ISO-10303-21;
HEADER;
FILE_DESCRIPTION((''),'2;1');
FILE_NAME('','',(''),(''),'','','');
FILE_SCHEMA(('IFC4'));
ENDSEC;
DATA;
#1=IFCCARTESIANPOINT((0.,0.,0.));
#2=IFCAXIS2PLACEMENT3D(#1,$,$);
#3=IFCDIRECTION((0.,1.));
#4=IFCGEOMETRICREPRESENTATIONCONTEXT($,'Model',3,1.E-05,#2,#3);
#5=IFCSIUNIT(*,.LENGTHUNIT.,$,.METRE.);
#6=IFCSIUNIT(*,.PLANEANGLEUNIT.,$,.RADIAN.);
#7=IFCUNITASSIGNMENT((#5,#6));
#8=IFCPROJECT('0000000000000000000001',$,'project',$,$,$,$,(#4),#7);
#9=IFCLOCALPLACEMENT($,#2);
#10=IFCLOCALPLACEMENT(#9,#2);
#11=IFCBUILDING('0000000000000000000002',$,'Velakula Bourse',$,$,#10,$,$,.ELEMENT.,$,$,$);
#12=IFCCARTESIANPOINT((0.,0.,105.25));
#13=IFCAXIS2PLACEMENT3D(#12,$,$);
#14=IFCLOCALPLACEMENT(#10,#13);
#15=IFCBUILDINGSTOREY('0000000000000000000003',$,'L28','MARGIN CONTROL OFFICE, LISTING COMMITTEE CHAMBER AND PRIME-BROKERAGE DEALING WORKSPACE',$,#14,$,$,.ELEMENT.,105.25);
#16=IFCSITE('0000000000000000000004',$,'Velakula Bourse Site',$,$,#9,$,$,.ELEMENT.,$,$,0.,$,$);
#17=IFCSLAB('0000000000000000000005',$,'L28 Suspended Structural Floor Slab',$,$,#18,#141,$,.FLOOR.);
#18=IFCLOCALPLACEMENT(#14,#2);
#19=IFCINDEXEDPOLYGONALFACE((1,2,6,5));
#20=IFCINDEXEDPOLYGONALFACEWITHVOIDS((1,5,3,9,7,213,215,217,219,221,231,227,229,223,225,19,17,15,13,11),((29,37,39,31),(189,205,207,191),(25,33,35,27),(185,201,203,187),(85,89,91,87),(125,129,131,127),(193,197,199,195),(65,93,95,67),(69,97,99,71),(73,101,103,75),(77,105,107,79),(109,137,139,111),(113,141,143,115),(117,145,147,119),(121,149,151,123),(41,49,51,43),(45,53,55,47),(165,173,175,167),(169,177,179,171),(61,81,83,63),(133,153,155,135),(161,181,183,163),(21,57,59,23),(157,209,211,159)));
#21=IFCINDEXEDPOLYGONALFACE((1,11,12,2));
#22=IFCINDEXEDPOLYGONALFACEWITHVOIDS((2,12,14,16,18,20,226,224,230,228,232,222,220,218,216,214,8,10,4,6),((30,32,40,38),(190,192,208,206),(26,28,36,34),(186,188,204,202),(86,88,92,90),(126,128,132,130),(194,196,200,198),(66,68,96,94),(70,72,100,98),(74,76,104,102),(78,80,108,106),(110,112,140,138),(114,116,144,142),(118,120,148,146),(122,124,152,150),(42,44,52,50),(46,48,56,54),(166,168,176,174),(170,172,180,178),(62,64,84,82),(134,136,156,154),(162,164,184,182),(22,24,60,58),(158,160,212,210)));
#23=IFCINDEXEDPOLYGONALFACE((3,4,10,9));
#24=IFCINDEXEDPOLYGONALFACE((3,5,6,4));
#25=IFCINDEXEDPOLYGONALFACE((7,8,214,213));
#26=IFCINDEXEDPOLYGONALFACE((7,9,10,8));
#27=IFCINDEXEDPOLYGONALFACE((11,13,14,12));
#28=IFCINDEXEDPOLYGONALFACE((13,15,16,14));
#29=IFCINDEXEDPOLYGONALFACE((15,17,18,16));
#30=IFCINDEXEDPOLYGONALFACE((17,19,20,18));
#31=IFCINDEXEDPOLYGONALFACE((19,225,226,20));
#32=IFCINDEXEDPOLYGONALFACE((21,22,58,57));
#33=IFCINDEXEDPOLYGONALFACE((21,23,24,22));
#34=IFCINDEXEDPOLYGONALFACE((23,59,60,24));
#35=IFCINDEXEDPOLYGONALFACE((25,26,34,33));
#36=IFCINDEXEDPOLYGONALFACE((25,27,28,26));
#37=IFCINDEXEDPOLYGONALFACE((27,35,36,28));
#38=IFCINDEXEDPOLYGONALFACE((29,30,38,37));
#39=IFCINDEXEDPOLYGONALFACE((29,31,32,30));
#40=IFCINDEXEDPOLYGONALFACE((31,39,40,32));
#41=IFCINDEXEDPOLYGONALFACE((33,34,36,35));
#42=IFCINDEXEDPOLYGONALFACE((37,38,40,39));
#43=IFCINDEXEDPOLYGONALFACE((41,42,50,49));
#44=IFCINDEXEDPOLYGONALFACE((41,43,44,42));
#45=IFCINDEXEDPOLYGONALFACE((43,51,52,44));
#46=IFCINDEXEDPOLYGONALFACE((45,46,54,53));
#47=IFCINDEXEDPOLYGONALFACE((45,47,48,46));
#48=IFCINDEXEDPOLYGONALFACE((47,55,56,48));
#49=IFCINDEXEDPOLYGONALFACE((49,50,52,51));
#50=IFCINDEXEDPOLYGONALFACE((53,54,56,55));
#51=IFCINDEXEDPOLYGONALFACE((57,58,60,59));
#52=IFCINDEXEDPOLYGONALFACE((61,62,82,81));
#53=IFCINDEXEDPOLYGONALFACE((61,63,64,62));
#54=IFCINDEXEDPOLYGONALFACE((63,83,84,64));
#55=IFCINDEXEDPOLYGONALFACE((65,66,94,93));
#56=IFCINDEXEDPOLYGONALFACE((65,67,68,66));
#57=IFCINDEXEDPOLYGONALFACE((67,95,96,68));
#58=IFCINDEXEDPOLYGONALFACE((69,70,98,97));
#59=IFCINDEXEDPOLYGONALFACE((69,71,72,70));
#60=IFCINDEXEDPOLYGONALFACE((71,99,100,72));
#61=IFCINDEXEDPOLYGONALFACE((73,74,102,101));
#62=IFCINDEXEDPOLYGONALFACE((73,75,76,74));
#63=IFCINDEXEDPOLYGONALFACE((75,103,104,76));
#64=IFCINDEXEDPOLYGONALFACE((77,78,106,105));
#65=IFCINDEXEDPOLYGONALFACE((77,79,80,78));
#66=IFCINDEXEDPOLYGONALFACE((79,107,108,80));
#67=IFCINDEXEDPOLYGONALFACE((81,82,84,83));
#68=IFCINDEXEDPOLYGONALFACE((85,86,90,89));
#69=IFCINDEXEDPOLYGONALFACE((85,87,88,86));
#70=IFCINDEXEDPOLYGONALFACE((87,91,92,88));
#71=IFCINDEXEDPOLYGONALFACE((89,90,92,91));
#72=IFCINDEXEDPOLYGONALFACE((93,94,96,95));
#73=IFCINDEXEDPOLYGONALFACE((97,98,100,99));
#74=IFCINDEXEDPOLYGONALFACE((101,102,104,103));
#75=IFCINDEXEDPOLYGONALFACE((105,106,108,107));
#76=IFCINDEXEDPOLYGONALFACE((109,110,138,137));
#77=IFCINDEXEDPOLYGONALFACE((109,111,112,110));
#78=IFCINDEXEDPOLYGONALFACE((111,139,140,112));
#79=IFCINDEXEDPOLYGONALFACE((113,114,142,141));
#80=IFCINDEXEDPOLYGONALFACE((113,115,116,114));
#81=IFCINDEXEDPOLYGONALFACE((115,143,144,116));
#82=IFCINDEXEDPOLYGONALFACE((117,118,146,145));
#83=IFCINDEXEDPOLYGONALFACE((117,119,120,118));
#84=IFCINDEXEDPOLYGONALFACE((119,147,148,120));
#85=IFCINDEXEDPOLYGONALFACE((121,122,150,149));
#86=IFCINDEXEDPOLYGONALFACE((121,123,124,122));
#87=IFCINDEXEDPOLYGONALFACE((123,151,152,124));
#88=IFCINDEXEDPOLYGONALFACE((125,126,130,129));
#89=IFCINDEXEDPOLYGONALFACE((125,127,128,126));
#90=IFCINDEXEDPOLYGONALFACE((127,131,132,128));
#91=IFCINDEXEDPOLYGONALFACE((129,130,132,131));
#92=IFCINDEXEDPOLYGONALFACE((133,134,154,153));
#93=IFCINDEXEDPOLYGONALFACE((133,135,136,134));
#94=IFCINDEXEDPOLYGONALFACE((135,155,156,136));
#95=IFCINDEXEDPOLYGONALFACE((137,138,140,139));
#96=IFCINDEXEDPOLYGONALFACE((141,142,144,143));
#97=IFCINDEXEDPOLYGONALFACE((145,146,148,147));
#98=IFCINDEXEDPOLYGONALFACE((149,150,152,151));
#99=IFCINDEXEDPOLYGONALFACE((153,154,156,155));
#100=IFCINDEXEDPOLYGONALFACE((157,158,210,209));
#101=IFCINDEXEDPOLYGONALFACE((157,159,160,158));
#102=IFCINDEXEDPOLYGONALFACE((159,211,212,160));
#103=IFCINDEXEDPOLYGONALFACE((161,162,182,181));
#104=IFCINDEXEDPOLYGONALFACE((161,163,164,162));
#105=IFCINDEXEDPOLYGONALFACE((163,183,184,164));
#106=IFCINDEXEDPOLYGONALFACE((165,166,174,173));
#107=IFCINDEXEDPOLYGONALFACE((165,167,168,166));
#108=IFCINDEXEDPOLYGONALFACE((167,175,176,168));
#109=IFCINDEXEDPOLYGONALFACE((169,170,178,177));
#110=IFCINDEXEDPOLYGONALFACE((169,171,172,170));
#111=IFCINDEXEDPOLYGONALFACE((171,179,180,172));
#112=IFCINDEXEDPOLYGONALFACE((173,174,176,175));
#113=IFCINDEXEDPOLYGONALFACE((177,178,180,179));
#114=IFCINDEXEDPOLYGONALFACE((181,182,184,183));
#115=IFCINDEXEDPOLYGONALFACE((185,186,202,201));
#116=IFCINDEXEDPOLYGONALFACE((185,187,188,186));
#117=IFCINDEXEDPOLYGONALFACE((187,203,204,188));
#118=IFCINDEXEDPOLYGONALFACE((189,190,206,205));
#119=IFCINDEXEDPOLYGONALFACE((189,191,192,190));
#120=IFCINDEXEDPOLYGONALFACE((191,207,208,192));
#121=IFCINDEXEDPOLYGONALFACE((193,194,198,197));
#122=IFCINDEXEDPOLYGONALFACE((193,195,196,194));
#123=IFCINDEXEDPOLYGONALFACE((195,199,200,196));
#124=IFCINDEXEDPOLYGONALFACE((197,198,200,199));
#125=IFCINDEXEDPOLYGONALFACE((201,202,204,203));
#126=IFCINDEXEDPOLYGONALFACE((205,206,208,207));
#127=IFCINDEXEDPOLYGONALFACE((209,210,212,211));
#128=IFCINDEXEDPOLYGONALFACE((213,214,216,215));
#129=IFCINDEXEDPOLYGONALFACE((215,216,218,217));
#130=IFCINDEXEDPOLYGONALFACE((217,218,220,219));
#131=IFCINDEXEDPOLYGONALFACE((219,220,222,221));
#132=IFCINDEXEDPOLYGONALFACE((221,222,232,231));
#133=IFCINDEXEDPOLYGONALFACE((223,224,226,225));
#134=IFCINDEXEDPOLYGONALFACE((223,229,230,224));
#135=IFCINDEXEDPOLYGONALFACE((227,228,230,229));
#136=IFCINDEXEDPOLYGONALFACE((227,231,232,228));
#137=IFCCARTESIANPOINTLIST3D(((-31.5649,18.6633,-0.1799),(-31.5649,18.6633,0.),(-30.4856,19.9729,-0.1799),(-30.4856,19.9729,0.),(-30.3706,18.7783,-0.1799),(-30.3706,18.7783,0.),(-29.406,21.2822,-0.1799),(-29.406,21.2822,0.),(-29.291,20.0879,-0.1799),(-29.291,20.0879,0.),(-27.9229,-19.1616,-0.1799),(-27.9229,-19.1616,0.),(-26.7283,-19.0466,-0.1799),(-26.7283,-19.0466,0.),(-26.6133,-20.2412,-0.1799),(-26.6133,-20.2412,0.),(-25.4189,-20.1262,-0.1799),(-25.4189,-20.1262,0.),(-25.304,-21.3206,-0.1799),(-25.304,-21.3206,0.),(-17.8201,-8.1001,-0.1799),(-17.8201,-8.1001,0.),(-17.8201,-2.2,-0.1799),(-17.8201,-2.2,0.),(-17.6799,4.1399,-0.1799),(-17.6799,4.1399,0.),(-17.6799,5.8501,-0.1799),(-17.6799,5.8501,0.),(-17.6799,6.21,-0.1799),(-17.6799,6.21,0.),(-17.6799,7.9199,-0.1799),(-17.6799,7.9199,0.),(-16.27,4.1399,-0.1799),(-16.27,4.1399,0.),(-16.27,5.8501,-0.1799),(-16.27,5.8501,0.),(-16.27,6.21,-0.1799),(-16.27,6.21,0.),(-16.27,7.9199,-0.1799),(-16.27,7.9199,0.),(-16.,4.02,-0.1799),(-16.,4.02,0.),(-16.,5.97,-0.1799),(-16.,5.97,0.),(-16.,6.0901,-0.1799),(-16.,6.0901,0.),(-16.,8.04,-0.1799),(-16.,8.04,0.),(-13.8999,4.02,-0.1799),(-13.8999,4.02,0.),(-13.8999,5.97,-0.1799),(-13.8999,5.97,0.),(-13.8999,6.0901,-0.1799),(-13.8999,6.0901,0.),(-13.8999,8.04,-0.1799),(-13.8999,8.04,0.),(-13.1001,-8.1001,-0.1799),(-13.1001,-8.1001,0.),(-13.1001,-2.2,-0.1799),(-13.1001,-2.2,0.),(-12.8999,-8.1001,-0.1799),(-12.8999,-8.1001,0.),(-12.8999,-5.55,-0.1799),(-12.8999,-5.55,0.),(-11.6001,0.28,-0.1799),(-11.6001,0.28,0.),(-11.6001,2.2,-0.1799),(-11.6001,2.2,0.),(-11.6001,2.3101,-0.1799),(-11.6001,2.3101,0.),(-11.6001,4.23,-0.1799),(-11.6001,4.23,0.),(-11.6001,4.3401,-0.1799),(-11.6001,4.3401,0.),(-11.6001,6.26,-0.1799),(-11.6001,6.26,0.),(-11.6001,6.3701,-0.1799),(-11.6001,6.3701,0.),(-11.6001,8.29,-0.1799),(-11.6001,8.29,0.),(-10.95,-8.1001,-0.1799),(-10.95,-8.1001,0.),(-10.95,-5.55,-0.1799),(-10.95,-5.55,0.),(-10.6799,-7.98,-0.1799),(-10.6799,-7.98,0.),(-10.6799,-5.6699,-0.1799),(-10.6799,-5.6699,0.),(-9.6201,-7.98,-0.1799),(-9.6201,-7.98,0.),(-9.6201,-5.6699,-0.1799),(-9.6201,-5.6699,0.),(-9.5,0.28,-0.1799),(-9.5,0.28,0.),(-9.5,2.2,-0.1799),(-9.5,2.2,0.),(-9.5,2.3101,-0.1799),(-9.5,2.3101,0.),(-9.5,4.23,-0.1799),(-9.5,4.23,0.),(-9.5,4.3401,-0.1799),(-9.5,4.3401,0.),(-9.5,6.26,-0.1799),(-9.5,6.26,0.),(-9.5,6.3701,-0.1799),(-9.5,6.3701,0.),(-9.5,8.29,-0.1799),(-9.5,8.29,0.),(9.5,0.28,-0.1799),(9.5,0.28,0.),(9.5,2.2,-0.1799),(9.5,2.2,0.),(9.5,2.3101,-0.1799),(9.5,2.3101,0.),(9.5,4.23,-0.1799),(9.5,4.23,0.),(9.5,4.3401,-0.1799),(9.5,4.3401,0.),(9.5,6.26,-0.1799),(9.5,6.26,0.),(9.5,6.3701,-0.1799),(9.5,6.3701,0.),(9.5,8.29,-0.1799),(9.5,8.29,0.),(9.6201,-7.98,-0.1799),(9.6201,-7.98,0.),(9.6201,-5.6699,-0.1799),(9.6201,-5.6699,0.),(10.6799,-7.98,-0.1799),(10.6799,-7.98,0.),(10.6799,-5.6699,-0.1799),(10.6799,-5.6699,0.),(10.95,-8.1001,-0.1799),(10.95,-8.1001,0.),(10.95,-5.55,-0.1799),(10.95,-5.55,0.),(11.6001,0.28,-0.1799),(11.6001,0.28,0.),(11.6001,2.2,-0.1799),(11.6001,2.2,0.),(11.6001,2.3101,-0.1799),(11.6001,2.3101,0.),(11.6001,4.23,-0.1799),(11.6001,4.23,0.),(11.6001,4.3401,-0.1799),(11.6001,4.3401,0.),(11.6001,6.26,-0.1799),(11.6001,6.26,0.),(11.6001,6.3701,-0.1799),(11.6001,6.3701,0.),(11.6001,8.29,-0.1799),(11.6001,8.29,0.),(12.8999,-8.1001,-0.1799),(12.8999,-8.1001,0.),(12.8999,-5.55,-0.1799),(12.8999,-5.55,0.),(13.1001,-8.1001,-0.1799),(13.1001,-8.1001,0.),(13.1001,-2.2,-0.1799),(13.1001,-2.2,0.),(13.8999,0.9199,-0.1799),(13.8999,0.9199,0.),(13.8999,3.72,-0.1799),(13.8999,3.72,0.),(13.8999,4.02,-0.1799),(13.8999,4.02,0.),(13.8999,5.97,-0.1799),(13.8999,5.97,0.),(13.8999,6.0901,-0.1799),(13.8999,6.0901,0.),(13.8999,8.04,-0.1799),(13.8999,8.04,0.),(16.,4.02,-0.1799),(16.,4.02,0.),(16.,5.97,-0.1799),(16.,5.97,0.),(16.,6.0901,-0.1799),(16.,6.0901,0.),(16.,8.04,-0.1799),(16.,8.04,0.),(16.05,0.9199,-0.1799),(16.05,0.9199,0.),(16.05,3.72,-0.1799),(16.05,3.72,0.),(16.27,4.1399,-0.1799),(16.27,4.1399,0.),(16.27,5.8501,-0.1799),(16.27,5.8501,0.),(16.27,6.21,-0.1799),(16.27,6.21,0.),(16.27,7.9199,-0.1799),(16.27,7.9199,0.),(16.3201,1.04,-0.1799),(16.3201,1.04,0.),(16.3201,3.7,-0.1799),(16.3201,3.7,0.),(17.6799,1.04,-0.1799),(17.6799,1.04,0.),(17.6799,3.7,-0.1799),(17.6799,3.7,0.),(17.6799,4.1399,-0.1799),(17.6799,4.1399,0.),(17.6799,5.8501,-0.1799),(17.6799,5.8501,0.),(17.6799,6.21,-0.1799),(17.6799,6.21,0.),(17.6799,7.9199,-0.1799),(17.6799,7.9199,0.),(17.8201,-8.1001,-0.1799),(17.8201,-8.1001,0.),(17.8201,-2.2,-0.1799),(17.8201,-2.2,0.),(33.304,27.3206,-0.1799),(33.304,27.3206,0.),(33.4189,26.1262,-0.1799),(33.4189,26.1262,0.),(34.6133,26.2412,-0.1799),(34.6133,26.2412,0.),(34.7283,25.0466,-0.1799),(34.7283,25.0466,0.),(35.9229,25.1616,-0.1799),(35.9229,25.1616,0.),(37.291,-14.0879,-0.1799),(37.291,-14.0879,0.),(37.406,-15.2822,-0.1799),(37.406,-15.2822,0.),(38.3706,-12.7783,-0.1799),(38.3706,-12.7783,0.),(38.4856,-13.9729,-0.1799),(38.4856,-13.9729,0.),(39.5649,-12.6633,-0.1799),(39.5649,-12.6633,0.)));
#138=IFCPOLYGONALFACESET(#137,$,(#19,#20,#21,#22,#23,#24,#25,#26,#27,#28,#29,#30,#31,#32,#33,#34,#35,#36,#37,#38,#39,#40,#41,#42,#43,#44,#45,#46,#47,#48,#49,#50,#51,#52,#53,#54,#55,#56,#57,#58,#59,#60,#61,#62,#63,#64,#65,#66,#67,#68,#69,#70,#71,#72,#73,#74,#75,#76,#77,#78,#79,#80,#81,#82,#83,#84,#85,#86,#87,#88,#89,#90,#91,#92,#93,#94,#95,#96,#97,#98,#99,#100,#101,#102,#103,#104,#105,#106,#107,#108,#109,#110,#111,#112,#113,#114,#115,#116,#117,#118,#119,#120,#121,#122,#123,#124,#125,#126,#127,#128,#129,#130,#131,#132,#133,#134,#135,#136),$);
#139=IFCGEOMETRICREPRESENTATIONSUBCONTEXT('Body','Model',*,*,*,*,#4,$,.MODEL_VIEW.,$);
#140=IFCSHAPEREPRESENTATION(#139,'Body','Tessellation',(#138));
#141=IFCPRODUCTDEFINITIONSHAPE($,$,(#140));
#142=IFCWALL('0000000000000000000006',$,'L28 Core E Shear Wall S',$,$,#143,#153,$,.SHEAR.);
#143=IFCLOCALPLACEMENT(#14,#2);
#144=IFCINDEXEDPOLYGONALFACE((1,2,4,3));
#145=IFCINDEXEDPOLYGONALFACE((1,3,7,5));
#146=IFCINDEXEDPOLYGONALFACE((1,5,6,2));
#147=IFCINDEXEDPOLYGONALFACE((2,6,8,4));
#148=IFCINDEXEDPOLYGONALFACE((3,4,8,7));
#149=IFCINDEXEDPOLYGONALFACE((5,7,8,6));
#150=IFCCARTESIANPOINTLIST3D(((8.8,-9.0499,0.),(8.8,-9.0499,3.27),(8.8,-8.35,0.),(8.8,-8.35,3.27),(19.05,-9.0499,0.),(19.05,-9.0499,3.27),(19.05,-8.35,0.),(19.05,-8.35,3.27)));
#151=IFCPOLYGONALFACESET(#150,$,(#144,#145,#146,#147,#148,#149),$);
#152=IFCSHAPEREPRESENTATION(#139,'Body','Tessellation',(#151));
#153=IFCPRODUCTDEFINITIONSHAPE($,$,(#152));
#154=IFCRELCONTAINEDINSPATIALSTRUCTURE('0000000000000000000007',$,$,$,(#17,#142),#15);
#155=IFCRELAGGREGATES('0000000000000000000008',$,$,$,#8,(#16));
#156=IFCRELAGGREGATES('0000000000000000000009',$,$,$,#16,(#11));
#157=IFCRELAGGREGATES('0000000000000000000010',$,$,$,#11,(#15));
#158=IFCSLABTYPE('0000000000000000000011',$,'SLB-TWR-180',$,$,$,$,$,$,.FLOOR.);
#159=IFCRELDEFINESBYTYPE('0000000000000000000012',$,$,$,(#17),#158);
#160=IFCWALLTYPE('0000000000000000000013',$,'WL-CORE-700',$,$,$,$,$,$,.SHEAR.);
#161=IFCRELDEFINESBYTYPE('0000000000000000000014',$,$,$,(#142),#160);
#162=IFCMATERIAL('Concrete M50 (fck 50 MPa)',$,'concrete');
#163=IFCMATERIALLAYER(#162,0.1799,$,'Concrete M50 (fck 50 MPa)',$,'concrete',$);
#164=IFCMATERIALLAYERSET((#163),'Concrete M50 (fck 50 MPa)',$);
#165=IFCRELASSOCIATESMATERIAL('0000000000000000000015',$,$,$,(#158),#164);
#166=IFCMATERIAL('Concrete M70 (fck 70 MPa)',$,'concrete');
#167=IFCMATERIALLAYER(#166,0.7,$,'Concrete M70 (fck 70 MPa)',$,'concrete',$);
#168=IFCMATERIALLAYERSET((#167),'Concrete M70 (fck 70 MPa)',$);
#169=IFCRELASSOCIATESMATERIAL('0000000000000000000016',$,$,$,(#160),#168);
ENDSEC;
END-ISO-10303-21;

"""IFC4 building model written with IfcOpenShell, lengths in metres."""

from ifc_helpers import new_model, si_unit, direction, frame, frame_2d, origin, place, context, subcontext, project, spatial, polyline, rectangle, outline, extrude, material, layer, layer_set, type_object, element, save


model = new_model("IFC4")

# Units and contexts
model_context = context("Model", 3, precision=1e-05, world=origin(), true_north=direction((0.0, 1.0)))
body_context = subcontext(model_context, "Body", "Model", "MODEL_VIEW")
ifc_project = project(units=[si_unit("LENGTHUNIT", "METRE"), si_unit("PLANEANGLEUNIT", "RADIAN")], contexts=[model_context])

# Site, building, storey
site_placement = place(None, origin())
site = spatial("IfcSite", under=ifc_project, at=site_placement, Name="Velakula Bourse Site", CompositionType="ELEMENT", RefElevation=0.0)
building_placement = place(site_placement, origin())
building = spatial("IfcBuilding", under=site, at=building_placement, Name="Velakula Bourse", CompositionType="ELEMENT")
storey_placement = place(building_placement, frame((0.0, 0.0, 105.25)))
storey = spatial("IfcBuildingStorey", under=building, at=storey_placement, Name="L28", Description="MARGIN CONTROL OFFICE, LISTING COMMITTEE CHAMBER AND PRIME-BROKERAGE DEALING WORKSPACE", CompositionType="ELEMENT", Elevation=105.25)

# Shared definitions
ifc_material_1 = material(Name="Concrete M70 (fck 70 MPa)", Category="concrete")

# Slab
ifc_material_2 = material(Name="Concrete M50 (fck 50 MPa)", Category="concrete")
ifc_layer_1 = layer(ifc_material_2, 0.1799, Name="Concrete M50 (fck 50 MPa)", Category="concrete")
ifc_layer_set_1 = layer_set([ifc_layer_1], Name="Concrete M50 (fck 50 MPa)")
slab_type_1 = type_object("IfcSlabType", Name="SLB-TWR-180", PredefinedType="FLOOR", material=ifc_layer_set_1)
slab_1_placement = place(storey_placement, frame((0.0, 0.0, -0.1799)))
element("IfcSlab", 1, at=slab_1_placement, inside=storey, type_object=slab_type_1, Name="L28 Suspended Structural Floor Slab", PredefinedType="FLOOR", context=body_context, shape_type="SweptSolid", body=[
    extrude(outline(polyline([(-25.304, -21.3206), (37.406, -15.2822), (37.291, -14.0879), (38.4856, -13.9729), (38.3706, -12.7783), (39.5649, -12.6633), (35.9229, 25.1616), (34.7283, 25.0466), (34.6133, 26.2412), (33.4189, 26.1262), (33.304, 27.3206), (-29.406, 21.2822), (-29.291, 20.0879), (-30.4856, 19.9729), (-30.3706, 18.7783), (-31.5649, 18.6633), (-27.9229, -19.1616), (-26.7283, -19.0466), (-26.6133, -20.2412), (-25.4189, -20.1262), (-25.304, -21.3206)]), holes=[polyline([(-17.8201, -8.1001), (-13.1001, -8.1001), (-13.1001, -2.2), (-17.8201, -2.2), (-17.8201, -8.1001)]), polyline([(13.1001, -8.1001), (17.8201, -8.1001), (17.8201, -2.2), (13.1001, -2.2), (13.1001, -8.1001)]), polyline([(-12.8999, -8.1001), (-10.95, -8.1001), (-10.95, -5.55), (-12.8999, -5.55), (-12.8999, -8.1001)]), polyline([(10.95, -8.1001), (12.8999, -8.1001), (12.8999, -5.55), (10.95, -5.55), (10.95, -8.1001)]), polyline([(13.8999, 0.9199), (16.05, 0.9199), (16.05, 3.72), (13.8999, 3.72), (13.8999, 0.9199)]), polyline([(-10.6799, -7.98), (-9.6201, -7.98), (-9.6201, -5.6699), (-10.6799, -5.6699), (-10.6799, -7.98)]), polyline([(-17.6799, 4.1399), (-16.27, 4.1399), (-16.27, 5.8501), (-17.6799, 5.8501), (-17.6799, 4.1399)]), polyline([(-17.6799, 6.21), (-16.27, 6.21), (-16.27, 7.9199), (-17.6799, 7.9199), (-17.6799, 6.21)]), polyline([(9.6201, -7.98), (10.6799, -7.98), (10.6799, -5.6699), (9.6201, -5.6699), (9.6201, -7.98)]), polyline([(16.27, 4.1399), (17.6799, 4.1399), (17.6799, 5.8501), (16.27, 5.8501), (16.27, 4.1399)]), polyline([(16.27, 6.21), (17.6799, 6.21), (17.6799, 7.9199), (16.27, 7.9199), (16.27, 6.21)]), polyline([(16.3201, 1.04), (17.6799, 1.04), (17.6799, 3.7), (16.3201, 3.7), (16.3201, 1.04)]), polyline([(-11.6001, 0.28), (-9.5, 0.28), (-9.5, 2.2), (-11.6001, 2.2), (-11.6001, 0.28)]), polyline([(-11.6001, 2.3101), (-9.5, 2.3101), (-9.5, 4.23), (-11.6001, 4.23), (-11.6001, 2.3101)]), polyline([(-11.6001, 4.3401), (-9.5, 4.3401), (-9.5, 6.26), (-11.6001, 6.26), (-11.6001, 4.3401)]), polyline([(-11.6001, 6.3701), (-9.5, 6.3701), (-9.5, 8.29), (-11.6001, 8.29), (-11.6001, 6.3701)]), polyline([(9.5, 0.28), (11.6001, 0.28), (11.6001, 2.2), (9.5, 2.2), (9.5, 0.28)]), polyline([(9.5, 2.3101), (11.6001, 2.3101), (11.6001, 4.23), (9.5, 4.23), (9.5, 2.3101)]), polyline([(9.5, 4.3401), (11.6001, 4.3401), (11.6001, 6.26), (9.5, 6.26), (9.5, 4.3401)]), polyline([(9.5, 6.3701), (11.6001, 6.3701), (11.6001, 8.29), (9.5, 8.29), (9.5, 6.3701)]), polyline([(-16.0, 4.02), (-13.8999, 4.02), (-13.8999, 5.97), (-16.0, 5.97), (-16.0, 4.02)]), polyline([(-16.0, 6.0901), (-13.8999, 6.0901), (-13.8999, 8.04), (-16.0, 8.04), (-16.0, 6.0901)]), polyline([(13.8999, 4.02), (16.0, 4.02), (16.0, 5.97), (13.8999, 5.97), (13.8999, 4.02)]), polyline([(13.8999, 6.0901), (16.0, 6.0901), (16.0, 8.04), (13.8999, 8.04), (13.8999, 6.0901)])]), origin(), (0.0, 0.0, 1.0), 0.1799),
])

# Wall
ifc_layer_2 = layer(ifc_material_1, 0.7, Name="Concrete M70 (fck 70 MPa)", Category="concrete")
ifc_layer_set_2 = layer_set([ifc_layer_2], Name="Concrete M70 (fck 70 MPa)")
wall_type_1 = type_object("IfcWallType", Name="WL-CORE-700", PredefinedType="SHEAR", material=ifc_layer_set_2)
wall_1_placement = place(storey_placement, frame((8.8, -8.7, 0.0), z_axis=(0.0, 0.0, 1.0), x_axis=(1.0, 0.0, 0.0)))
element("IfcWall", 2, at=wall_1_placement, inside=storey, type_object=wall_type_1, Name="L28 Core E Shear Wall S", PredefinedType="SHEAR", context=body_context, shape_type="SweptSolid", body=[
    extrude(rectangle(XDim=10.25, YDim=0.7, at=frame_2d((5.125, 0.0))), origin(), (0.0, 0.0, 1.0), 3.27),
])

save(model, "model.ifc")
